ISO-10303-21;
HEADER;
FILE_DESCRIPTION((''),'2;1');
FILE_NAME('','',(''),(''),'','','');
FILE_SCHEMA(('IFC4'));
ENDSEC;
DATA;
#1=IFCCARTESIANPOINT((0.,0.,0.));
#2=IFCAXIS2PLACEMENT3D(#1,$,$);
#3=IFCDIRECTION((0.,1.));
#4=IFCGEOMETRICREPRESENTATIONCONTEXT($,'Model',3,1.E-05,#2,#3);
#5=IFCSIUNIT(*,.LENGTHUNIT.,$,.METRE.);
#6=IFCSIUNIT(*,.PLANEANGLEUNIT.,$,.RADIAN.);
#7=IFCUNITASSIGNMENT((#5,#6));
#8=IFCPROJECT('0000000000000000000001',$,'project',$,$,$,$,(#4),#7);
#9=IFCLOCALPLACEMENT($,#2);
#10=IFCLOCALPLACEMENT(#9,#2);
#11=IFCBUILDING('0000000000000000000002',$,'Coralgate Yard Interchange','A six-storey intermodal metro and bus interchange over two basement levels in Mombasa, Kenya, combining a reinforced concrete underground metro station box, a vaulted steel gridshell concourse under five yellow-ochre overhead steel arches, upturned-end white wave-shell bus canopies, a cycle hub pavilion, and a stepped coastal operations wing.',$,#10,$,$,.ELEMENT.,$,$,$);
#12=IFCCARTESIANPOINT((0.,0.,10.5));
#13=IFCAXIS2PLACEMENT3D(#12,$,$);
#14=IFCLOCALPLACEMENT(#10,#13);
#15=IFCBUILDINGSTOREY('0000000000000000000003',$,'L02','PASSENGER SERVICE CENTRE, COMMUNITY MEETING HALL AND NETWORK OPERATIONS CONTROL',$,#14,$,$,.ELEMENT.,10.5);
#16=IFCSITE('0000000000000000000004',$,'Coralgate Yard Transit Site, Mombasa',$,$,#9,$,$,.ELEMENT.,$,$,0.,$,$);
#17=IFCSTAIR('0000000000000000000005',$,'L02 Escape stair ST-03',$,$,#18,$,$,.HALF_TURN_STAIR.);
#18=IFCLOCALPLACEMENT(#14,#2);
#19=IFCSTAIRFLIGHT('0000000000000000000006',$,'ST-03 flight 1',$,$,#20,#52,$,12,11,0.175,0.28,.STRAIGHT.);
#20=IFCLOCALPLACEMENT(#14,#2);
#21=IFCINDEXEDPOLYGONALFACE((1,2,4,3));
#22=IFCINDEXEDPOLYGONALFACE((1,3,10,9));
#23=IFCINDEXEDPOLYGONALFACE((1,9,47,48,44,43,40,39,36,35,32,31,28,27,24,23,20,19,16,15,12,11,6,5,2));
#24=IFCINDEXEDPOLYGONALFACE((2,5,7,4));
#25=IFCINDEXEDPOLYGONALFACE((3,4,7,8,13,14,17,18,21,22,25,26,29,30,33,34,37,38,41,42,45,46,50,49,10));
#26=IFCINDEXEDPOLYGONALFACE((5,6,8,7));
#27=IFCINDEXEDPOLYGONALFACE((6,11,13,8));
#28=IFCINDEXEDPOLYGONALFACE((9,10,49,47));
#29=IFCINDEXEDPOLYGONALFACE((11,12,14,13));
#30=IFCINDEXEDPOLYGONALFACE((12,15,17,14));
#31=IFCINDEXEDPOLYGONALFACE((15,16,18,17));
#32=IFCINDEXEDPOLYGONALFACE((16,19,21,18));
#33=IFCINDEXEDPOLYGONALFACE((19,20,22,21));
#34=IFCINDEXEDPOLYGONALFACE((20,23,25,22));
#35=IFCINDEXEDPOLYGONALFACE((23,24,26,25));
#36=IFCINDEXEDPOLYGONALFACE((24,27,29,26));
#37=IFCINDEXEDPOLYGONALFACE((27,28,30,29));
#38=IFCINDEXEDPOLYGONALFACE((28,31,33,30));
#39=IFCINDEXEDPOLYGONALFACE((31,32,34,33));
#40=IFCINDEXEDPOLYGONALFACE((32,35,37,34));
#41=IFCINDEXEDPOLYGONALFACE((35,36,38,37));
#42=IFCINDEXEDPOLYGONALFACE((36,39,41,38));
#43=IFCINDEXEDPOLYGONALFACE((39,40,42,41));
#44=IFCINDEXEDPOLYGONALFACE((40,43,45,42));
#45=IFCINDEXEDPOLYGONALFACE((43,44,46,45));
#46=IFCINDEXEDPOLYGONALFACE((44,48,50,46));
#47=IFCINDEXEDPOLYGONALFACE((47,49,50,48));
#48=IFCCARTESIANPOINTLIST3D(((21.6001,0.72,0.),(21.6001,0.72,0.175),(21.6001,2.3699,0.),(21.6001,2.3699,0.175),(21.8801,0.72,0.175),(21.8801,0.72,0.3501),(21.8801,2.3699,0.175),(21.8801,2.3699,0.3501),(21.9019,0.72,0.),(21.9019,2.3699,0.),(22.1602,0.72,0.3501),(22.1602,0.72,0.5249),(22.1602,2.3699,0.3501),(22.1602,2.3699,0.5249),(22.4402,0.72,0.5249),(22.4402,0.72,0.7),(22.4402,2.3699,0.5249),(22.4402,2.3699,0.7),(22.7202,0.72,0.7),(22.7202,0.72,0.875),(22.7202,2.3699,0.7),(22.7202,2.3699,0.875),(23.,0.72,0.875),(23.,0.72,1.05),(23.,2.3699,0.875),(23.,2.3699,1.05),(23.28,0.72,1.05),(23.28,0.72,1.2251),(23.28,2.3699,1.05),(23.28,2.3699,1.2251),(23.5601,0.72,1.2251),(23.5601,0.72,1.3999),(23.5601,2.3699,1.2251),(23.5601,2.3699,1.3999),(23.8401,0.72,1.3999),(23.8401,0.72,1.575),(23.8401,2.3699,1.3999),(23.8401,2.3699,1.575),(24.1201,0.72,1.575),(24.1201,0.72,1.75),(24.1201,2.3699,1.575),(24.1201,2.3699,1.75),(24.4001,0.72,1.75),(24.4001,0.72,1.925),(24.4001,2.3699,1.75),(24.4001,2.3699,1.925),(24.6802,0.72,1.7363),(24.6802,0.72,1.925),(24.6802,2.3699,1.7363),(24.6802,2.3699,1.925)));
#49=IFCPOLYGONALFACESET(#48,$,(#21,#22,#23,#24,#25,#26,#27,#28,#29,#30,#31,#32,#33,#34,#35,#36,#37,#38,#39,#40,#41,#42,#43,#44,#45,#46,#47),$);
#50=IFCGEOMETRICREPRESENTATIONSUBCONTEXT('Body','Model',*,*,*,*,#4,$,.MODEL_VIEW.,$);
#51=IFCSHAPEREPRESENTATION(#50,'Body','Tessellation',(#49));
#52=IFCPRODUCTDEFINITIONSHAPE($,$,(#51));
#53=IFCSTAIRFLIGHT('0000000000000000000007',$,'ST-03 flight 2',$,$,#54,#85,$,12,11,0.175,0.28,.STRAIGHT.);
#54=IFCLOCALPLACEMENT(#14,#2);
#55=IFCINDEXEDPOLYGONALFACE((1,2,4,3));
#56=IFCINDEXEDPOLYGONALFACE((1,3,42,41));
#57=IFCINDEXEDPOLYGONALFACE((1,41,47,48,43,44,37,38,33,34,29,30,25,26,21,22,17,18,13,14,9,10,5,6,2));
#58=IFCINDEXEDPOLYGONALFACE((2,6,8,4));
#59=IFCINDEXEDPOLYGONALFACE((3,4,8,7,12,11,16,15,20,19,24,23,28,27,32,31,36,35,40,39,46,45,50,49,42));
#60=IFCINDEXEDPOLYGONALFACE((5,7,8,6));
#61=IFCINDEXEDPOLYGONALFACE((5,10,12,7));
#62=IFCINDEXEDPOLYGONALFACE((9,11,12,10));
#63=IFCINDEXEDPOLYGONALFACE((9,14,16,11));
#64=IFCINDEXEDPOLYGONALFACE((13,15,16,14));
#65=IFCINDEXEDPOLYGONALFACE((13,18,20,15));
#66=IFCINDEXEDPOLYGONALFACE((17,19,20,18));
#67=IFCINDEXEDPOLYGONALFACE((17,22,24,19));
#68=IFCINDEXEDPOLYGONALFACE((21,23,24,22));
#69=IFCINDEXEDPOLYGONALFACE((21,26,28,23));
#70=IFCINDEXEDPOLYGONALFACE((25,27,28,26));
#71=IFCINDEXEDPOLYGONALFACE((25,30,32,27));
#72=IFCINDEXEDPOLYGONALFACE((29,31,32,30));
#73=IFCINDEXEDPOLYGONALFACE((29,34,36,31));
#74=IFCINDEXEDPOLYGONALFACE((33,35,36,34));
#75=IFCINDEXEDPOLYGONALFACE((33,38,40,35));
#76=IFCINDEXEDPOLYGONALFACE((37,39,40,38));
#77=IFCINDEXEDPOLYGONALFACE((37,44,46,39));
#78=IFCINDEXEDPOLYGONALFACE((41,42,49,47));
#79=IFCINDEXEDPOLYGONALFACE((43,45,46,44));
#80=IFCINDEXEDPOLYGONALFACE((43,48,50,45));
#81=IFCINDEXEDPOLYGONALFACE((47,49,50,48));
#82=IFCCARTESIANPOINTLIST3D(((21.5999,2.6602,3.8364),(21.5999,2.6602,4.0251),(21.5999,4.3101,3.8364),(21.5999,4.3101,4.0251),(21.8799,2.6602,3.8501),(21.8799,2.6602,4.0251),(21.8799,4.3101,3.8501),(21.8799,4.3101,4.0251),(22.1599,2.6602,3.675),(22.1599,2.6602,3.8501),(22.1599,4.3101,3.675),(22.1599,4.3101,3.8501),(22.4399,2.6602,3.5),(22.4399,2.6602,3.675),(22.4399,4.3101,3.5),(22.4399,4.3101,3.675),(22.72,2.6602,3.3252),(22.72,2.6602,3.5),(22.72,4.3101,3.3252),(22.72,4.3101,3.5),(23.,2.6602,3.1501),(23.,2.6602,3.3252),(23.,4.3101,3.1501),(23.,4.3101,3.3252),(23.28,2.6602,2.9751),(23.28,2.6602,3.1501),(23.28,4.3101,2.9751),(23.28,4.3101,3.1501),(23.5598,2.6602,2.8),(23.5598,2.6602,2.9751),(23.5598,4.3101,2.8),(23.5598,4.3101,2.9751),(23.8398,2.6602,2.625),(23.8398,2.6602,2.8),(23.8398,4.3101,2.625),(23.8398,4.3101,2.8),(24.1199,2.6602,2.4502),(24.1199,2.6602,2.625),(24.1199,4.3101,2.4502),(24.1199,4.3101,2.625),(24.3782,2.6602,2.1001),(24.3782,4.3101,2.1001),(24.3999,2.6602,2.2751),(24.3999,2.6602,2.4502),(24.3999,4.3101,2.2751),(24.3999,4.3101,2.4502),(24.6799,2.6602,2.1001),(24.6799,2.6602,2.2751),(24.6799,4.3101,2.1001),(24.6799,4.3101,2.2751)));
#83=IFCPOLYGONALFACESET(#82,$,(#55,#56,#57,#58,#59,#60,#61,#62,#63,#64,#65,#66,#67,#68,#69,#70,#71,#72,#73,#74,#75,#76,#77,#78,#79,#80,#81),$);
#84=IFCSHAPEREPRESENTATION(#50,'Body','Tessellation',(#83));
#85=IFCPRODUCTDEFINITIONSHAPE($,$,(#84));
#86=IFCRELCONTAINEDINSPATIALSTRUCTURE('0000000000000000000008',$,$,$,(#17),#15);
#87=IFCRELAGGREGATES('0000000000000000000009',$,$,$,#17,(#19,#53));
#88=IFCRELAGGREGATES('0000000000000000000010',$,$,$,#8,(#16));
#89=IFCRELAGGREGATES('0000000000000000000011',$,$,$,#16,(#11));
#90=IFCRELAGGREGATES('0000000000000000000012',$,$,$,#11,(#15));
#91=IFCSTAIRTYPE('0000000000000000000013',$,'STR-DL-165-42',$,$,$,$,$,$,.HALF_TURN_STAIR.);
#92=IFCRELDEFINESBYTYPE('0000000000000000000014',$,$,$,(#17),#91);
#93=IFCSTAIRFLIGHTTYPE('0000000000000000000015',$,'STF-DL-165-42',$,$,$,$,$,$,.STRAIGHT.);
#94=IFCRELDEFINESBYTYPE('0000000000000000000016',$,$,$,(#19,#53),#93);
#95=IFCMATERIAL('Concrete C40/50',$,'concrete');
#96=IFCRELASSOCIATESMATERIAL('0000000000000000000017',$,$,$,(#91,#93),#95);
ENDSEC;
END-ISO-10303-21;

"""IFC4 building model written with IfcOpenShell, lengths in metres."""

from ifc_helpers import new_model, si_unit, direction, frame, origin, place, context, subcontext, project, spatial, polyline, outline, extrude, material, type_object, element, aggregate, save


model = new_model("IFC4")

# Units and contexts
model_context = context("Model", 3, precision=1e-05, world=origin(), true_north=direction((0.0, 1.0)))
body_context = subcontext(model_context, "Body", "Model", "MODEL_VIEW")
ifc_project = project(units=[si_unit("LENGTHUNIT", "METRE"), si_unit("PLANEANGLEUNIT", "RADIAN")], contexts=[model_context])

# Site, building, storey
site_placement = place(None, origin())
site = spatial("IfcSite", under=ifc_project, at=site_placement, Name="Coralgate Yard Transit Site, Mombasa", CompositionType="ELEMENT", RefElevation=0.0)
building_placement = place(site_placement, origin())
building = spatial("IfcBuilding", under=site, at=building_placement, Name="Coralgate Yard Interchange", Description="A six-storey intermodal metro and bus interchange over two basement levels in Mombasa, Kenya, combining a reinforced concrete underground metro station box, a vaulted steel gridshell concourse under five yellow-ochre overhead steel arches, upturned-end white wave-shell bus canopies, a cycle hub pavilion, and a stepped coastal operations wing.", CompositionType="ELEMENT")
storey_placement = place(building_placement, frame((0.0, 0.0, 10.5)))
storey = spatial("IfcBuildingStorey", under=building, at=storey_placement, Name="L02", Description="PASSENGER SERVICE CENTRE, COMMUNITY MEETING HALL AND NETWORK OPERATIONS CONTROL", CompositionType="ELEMENT", Elevation=10.5)

# Shared definitions
ifc_material_1 = material(Name="Concrete C40/50", Category="concrete")

# Stair, stair flights
stair_type = type_object("IfcStairType", Name="STR-DL-165-42", PredefinedType="HALF_TURN_STAIR", material=ifc_material_1)
stair_placement = place(storey_placement, origin())
stair = element("IfcStair", 1, at=stair_placement, inside=storey, type_object=stair_type, Name="L02 Escape stair ST-03", PredefinedType="HALF_TURN_STAIR")
stair_flight_type = type_object("IfcStairFlightType", Name="STF-DL-165-42", PredefinedType="STRAIGHT", material=ifc_material_1)
stair_flight_1_placement = place(storey_placement, frame((21.6001, 1.5449, 0.0), z_axis=(0.0, 0.0, 1.0), x_axis=(1.0, 0.0, 0.0)))
stair_flight_1 = element("IfcStairFlight", 2, at=stair_flight_1_placement, type_object=stair_flight_type, Name="ST-03 flight 1", NumberOfRisers=12, NumberOfTreads=11, PredefinedType="STRAIGHT", RiserHeight=0.175, TreadLength=0.28, context=body_context, shape_type="SweptSolid", body=[
    extrude(outline(polyline([(0.0, 0.0), (0.0, 0.175), (0.28, 0.175), (0.28, 0.3501), (0.5601, 0.3501), (0.5601, 0.5249), (0.8401, 0.5249), (0.8401, 0.7), (1.1201, 0.7), (1.1201, 0.875), (1.3999, 0.875), (1.3999, 1.05), (1.6799, 1.05), (1.6799, 1.2251), (1.96, 1.2251), (1.96, 1.3999), (2.24, 1.3999), (2.24, 1.575), (2.52, 1.575), (2.52, 1.75), (2.8, 1.75), (2.8, 1.925), (3.0801, 1.925), (3.0801, 2.1001), (3.0801, 1.7363), (0.3018, 0.0), (0.0, 0.0)])), frame((0.0, 0.825, 0.0), z_axis=(0.0, -1.0, 0.0), x_axis=(1.0, 0.0, 0.0)), (0.0, 0.0, 1.0), 1.6499),
])
stair_flight_2_placement = place(storey_placement, frame((24.6799, 3.4851, 2.1001), z_axis=(0.0, 0.0, 1.0), x_axis=(-1.0, 0.0, 0.0)))
stair_flight_2 = element("IfcStairFlight", 3, at=stair_flight_2_placement, type_object=stair_flight_type, Name="ST-03 flight 2", NumberOfRisers=12, NumberOfTreads=11, PredefinedType="STRAIGHT", RiserHeight=0.175, TreadLength=0.28, context=body_context, shape_type="SweptSolid", body=[
    extrude(outline(polyline([(0.0, 0.0), (0.0, 0.175), (0.28, 0.175), (0.28, 0.3501), (0.5601, 0.3501), (0.5601, 0.5249), (0.8401, 0.5249), (0.8401, 0.7), (1.1201, 0.7), (1.1201, 0.875), (1.3999, 0.875), (1.3999, 1.05), (1.6799, 1.05), (1.6799, 1.2251), (1.96, 1.2251), (1.96, 1.3999), (2.24, 1.3999), (2.24, 1.575), (2.52, 1.575), (2.52, 1.75), (2.8, 1.75), (2.8, 1.925), (3.0801, 1.925), (3.0801, 2.1001), (3.0801, 1.7363), (0.3018, 0.0), (0.0, 0.0)])), frame((0.0, 0.825, 0.0), z_axis=(0.0, -1.0, 0.0), x_axis=(1.0, 0.0, 0.0)), (0.0, 0.0, 1.0), 1.6499),
])
aggregate(stair, [stair_flight_1, stair_flight_2])

save(model, "model.ifc")
